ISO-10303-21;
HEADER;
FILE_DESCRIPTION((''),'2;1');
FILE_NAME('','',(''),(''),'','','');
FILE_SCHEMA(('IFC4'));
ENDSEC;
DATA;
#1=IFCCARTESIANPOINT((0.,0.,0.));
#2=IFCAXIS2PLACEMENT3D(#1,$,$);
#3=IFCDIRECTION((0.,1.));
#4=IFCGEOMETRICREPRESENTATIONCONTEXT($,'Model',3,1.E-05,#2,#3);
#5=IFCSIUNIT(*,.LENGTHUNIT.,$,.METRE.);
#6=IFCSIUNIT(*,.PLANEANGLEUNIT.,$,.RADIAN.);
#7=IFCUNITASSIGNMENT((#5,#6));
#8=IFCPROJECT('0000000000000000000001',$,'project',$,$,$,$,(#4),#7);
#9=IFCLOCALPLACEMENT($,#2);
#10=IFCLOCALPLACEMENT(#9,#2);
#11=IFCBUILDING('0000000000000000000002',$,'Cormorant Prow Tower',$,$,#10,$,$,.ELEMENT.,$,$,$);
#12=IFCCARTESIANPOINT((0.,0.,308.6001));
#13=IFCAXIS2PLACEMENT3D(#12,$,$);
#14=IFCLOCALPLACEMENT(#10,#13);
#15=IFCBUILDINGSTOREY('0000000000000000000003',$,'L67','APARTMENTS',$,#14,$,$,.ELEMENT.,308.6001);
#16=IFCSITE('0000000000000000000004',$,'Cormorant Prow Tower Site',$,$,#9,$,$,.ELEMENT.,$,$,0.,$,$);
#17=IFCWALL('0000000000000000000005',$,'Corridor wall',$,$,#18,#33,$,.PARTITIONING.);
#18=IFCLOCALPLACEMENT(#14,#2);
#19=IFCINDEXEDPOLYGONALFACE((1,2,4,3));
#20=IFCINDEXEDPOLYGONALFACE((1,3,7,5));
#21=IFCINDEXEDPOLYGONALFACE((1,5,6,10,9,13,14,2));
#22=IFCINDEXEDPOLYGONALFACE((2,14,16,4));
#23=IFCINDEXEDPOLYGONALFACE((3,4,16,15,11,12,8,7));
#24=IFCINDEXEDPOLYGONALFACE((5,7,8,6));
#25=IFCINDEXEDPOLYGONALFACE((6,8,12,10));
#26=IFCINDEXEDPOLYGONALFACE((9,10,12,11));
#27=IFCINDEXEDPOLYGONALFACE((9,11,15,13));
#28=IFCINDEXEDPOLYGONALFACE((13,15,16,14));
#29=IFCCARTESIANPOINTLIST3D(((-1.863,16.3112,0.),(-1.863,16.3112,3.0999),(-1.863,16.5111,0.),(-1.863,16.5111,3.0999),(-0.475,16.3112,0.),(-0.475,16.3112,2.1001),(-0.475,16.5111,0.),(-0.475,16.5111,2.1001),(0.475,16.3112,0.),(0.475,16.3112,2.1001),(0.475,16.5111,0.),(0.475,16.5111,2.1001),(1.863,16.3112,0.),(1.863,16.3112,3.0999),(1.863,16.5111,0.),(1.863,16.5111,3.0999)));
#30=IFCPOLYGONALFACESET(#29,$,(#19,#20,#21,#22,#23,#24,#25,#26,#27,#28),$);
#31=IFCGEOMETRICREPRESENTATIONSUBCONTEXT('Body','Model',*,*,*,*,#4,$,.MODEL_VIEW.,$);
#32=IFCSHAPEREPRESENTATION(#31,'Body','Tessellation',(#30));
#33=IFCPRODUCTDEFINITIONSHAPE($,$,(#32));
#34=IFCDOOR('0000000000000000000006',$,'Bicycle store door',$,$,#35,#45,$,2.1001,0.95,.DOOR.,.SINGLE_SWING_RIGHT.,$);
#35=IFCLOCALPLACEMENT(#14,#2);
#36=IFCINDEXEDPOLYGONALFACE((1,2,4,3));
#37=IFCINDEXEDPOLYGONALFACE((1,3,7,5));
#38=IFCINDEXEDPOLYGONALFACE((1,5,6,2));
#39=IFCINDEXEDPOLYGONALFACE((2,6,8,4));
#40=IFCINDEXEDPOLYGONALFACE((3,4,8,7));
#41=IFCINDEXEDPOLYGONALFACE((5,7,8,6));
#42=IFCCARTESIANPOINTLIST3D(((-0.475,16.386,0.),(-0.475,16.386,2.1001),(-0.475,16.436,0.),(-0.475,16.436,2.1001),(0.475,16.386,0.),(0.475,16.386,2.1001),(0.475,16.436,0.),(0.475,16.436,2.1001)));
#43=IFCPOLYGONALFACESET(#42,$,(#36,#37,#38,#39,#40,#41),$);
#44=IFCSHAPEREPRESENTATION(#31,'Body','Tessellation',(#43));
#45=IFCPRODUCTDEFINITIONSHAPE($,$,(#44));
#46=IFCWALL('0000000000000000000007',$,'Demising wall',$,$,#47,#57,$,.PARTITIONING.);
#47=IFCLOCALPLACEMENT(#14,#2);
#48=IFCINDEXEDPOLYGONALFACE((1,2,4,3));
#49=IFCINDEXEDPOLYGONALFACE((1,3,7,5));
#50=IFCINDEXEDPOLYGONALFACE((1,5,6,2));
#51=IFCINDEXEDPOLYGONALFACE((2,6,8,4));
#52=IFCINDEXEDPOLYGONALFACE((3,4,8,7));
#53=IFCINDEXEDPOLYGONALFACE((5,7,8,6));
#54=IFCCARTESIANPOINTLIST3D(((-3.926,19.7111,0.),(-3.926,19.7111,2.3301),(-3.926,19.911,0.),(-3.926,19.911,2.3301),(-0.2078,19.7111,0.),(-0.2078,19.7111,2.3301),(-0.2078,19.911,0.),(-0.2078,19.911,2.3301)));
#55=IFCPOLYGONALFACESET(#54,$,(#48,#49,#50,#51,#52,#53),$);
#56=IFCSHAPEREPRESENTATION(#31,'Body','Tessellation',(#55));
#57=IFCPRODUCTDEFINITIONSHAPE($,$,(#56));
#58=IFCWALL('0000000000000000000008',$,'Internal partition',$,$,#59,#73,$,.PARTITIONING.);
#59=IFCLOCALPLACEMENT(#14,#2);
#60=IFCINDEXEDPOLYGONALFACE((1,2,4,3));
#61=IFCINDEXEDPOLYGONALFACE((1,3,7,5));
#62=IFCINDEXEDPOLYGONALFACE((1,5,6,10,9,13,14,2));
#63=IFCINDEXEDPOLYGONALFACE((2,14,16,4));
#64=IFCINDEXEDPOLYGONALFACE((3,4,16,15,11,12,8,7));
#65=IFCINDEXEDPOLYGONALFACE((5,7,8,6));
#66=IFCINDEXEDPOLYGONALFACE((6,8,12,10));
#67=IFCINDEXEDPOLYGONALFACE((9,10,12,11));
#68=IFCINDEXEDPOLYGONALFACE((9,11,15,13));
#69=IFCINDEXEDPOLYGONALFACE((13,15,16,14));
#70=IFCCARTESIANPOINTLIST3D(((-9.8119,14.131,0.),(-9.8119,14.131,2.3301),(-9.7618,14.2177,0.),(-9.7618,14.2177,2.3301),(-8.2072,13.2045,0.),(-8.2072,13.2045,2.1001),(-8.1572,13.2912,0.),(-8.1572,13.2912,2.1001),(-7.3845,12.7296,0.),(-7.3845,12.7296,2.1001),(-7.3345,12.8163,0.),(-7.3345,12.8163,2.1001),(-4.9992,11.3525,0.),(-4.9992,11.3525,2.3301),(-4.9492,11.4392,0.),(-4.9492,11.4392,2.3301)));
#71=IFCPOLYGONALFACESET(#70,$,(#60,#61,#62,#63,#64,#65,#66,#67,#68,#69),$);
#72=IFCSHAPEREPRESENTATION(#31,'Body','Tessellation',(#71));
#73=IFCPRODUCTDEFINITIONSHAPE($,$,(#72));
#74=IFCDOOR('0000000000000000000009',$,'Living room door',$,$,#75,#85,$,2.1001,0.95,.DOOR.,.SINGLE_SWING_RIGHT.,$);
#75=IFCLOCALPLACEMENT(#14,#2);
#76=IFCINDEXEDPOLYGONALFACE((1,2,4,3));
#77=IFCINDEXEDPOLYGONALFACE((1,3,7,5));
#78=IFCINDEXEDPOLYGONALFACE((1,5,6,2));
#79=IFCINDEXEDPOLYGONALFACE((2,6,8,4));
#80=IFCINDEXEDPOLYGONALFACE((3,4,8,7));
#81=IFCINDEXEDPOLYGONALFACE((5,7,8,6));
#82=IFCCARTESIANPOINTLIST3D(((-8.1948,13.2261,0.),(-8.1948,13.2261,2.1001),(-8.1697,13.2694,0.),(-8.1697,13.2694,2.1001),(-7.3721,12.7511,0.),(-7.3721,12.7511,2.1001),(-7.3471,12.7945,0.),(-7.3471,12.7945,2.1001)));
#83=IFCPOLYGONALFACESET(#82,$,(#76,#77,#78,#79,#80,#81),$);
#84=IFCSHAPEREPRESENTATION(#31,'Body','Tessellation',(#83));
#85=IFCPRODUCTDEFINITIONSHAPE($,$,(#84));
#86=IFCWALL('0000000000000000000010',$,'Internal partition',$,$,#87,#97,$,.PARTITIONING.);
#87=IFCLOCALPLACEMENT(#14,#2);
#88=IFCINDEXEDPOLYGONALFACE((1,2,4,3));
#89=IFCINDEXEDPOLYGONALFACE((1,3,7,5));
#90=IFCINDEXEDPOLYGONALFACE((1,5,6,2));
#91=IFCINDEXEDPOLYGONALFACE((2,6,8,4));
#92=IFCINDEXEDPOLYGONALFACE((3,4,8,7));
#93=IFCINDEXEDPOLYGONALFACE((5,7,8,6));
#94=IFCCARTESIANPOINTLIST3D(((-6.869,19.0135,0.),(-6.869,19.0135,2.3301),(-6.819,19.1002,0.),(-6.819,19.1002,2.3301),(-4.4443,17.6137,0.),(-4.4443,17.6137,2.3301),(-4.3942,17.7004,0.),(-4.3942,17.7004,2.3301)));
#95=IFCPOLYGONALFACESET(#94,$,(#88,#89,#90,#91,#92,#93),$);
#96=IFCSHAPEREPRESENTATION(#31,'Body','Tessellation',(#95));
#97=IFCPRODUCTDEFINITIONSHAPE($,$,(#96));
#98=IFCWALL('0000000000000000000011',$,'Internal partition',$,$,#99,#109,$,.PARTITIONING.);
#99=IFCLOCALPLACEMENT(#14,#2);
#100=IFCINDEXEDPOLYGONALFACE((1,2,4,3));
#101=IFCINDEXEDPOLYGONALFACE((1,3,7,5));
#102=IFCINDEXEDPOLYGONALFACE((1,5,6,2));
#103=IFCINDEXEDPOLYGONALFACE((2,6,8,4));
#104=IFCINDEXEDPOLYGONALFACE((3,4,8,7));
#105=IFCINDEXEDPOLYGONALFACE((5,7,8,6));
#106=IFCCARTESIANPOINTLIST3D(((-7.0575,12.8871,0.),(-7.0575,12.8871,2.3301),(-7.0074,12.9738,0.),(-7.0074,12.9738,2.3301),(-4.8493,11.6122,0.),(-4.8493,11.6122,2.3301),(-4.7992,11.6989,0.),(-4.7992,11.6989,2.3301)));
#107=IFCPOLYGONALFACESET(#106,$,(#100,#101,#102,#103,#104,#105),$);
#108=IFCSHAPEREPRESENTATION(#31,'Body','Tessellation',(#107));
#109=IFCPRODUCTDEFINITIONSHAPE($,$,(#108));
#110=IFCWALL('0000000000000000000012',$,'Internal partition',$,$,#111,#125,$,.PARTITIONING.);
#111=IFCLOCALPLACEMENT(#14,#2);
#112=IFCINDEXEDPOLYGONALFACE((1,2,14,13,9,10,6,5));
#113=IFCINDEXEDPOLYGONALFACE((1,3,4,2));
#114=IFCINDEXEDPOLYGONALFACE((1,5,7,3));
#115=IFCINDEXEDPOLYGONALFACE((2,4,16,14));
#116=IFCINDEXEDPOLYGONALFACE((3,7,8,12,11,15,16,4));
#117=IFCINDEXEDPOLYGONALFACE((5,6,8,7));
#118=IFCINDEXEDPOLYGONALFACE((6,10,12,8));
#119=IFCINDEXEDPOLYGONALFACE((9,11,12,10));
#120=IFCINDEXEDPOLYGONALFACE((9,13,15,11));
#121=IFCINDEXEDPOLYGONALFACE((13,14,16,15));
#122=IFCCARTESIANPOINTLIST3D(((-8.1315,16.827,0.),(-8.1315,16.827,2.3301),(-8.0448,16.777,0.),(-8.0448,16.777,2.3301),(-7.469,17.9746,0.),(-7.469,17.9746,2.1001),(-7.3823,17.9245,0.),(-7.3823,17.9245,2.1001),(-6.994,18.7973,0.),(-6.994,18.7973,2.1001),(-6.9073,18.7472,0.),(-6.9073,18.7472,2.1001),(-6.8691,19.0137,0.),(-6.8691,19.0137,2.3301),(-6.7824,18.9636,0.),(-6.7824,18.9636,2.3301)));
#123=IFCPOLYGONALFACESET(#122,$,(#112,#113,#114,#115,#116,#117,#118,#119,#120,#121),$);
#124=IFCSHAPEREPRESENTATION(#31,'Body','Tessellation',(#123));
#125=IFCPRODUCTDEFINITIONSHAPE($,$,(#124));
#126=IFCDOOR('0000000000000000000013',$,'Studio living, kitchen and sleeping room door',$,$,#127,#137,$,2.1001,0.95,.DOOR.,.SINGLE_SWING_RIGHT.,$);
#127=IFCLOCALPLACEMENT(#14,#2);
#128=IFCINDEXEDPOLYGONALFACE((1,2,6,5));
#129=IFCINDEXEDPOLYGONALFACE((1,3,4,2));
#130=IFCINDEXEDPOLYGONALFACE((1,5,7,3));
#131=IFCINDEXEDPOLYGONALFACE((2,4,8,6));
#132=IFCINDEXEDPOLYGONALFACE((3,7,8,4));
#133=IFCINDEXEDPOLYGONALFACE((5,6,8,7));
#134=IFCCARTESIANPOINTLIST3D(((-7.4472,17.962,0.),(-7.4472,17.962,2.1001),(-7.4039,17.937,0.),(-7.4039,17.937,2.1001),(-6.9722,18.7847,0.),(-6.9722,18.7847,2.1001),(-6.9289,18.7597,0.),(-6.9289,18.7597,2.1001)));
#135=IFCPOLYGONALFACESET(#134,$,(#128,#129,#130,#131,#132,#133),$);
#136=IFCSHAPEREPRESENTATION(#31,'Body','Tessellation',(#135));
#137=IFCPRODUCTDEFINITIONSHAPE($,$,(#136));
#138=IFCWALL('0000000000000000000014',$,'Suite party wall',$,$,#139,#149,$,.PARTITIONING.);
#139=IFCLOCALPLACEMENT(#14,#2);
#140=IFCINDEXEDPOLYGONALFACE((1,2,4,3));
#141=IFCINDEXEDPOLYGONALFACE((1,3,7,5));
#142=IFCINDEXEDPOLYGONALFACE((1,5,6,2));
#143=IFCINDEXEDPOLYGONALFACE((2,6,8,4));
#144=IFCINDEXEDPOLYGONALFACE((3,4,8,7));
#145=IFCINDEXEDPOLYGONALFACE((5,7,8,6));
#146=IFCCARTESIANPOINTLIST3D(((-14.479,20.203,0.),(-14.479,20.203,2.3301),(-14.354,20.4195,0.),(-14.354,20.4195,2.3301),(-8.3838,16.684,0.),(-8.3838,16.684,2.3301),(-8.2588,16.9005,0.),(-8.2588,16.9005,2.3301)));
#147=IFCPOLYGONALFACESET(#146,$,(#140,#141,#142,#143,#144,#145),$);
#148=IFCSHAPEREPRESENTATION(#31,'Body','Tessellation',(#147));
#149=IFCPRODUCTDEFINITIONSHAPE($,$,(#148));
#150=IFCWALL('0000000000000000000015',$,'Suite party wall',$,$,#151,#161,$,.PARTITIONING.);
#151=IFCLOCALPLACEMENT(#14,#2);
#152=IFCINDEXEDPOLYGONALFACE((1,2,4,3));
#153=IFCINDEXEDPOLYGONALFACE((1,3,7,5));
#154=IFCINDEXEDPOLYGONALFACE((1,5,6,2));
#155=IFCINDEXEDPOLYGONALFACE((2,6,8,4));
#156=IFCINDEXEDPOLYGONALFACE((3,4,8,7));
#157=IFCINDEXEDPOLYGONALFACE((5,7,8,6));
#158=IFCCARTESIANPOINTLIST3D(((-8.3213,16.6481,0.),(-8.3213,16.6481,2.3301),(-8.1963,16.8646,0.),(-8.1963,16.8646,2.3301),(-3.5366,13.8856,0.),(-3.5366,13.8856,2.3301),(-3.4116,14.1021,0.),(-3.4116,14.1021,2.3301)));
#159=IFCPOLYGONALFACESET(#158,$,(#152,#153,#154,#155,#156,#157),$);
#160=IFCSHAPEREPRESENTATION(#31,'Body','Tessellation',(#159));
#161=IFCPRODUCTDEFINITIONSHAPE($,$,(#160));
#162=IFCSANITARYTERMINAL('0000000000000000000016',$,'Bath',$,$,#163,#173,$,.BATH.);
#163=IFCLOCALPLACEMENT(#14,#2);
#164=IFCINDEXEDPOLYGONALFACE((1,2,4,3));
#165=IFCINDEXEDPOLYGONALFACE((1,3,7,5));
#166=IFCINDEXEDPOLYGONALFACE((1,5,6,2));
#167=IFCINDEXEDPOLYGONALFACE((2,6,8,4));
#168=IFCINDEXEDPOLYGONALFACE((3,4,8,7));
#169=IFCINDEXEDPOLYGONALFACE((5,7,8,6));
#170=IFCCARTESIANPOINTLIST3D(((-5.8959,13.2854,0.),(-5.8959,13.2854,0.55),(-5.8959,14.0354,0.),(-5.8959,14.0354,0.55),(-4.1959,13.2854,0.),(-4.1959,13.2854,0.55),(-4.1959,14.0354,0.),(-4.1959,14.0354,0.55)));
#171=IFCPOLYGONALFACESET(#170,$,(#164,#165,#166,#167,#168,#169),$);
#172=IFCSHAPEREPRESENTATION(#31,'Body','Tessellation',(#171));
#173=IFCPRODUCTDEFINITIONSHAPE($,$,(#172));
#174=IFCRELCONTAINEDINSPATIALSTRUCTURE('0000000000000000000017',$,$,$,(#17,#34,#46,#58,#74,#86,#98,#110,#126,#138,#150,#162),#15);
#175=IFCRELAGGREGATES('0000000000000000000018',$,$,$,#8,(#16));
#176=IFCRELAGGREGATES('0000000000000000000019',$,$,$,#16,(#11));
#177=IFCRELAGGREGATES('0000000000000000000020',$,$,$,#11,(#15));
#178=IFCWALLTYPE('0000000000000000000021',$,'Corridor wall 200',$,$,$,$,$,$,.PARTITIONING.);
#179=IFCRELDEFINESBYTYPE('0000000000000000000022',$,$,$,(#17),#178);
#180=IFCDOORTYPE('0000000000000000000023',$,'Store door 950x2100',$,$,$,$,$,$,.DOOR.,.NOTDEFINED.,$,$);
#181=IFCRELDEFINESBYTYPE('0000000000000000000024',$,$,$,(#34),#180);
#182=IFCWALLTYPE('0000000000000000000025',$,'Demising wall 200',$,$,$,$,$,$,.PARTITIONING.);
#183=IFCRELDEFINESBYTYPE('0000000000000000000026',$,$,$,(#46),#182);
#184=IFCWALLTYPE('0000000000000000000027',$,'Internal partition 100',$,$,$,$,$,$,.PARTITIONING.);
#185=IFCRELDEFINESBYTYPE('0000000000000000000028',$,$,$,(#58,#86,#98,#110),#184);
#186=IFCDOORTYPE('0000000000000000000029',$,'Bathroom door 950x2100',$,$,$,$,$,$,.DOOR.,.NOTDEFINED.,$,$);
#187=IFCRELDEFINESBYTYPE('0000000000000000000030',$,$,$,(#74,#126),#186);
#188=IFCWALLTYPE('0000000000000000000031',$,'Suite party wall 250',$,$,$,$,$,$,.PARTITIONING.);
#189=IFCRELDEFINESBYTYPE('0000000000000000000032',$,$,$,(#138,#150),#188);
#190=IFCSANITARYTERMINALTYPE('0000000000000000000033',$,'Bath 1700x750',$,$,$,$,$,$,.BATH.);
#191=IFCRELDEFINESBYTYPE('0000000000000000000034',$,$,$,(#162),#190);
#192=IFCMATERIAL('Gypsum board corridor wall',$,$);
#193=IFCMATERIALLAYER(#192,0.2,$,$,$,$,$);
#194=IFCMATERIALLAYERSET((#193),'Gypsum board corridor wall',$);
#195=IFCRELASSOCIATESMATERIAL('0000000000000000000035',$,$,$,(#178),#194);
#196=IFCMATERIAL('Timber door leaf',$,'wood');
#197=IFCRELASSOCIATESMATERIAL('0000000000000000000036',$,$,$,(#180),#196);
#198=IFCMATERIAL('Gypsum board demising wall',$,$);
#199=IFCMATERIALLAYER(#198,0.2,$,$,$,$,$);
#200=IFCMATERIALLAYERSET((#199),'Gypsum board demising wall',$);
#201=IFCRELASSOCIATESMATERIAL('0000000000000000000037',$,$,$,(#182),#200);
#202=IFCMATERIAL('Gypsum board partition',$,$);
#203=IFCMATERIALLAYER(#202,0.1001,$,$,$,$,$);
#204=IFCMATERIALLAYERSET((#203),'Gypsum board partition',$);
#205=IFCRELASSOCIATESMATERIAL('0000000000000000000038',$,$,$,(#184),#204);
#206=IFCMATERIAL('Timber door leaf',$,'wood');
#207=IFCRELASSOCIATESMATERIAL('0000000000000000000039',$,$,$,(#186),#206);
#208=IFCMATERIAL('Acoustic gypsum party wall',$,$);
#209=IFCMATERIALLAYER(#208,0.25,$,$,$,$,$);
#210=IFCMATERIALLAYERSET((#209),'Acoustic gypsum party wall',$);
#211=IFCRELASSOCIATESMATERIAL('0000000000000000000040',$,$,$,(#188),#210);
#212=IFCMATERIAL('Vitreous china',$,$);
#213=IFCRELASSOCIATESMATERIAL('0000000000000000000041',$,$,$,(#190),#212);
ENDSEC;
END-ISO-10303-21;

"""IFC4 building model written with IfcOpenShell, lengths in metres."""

from ifc_helpers import new_model, si_unit, direction, frame, frame_2d, origin, origin_2d, place, context, subcontext, project, spatial, rectangle, extrude, material, layer, layer_set, type_object, element, fill, save


model = new_model("IFC4")

# Units and contexts
model_context = context("Model", 3, precision=1e-05, world=origin(), true_north=direction((0.0, 1.0)))
body_context = subcontext(model_context, "Body", "Model", "MODEL_VIEW")
ifc_project = project(units=[si_unit("LENGTHUNIT", "METRE"), si_unit("PLANEANGLEUNIT", "RADIAN")], contexts=[model_context])

# Site, building, storey
site_placement = place(None, origin())
site = spatial("IfcSite", under=ifc_project, at=site_placement, Name="Cormorant Prow Tower Site", CompositionType="ELEMENT", RefElevation=0.0)
building_placement = place(site_placement, origin())
building = spatial("IfcBuilding", under=site, at=building_placement, Name="Cormorant Prow Tower", CompositionType="ELEMENT")
storey_placement = place(building_placement, frame((0.0, 0.0, 308.6001)))
storey = spatial("IfcBuildingStorey", under=building, at=storey_placement, Name="L67", Description="APARTMENTS", CompositionType="ELEMENT", Elevation=308.6001)

# Wall, opening, door
ifc_material_1 = material(Name="Gypsum board corridor wall")
ifc_layer_1 = layer(ifc_material_1, 0.2)
ifc_layer_set_1 = layer_set([ifc_layer_1], Name="Gypsum board corridor wall")
wall_type_1 = type_object("IfcWallType", Name="Corridor wall 200", PredefinedType="PARTITIONING", material=ifc_layer_set_1)
wall_1_placement = place(storey_placement, frame((-1.863, 16.4111, 0.0), z_axis=(0.0, 0.0, 1.0), x_axis=(1.0, 0.0, 0.0)))
wall_1 = element("IfcWall", 1, at=wall_1_placement, inside=storey, type_object=wall_type_1, Name="Corridor wall", PredefinedType="PARTITIONING", context=body_context, shape_type="SweptSolid", body=[
    extrude(rectangle(XDim=3.7261, YDim=0.2, at=frame_2d((1.863, 0.0))), origin(), (0.0, 0.0, 1.0), 3.0999),
])
opening_1_placement = place(wall_1_placement, frame((1.3879, 0.0, 0.0)))
opening_1 = element("IfcOpeningElement", 2, at=opening_1_placement, cuts=wall_1, PredefinedType="OPENING", context=body_context, shape_type="SweptSolid", body=[
    extrude(rectangle(XDim=0.95, YDim=2.1001, at=frame_2d((0.4751, 1.05))), frame((0.0, 0.1099, 0.0), z_axis=(0.0, -1.0, 0.0), x_axis=(1.0, 0.0, 0.0)), (0.0, 0.0, 1.0), 0.22),
])
ifc_material_2 = material(Name="Timber door leaf", Category="wood")
door_type_1 = type_object("IfcDoorType", Name="Store door 950x2100", OperationType="NOTDEFINED", PredefinedType="DOOR", material=ifc_material_2)
door_1_placement = place(opening_1_placement, origin())
door_1 = element("IfcDoor", 3, at=door_1_placement, inside=storey, type_object=door_type_1, Name="Bicycle store door", OperationType="SINGLE_SWING_RIGHT", OverallHeight=2.1001, OverallWidth=0.95, PredefinedType="DOOR", context=body_context, shape_type="SweptSolid", body=[
    extrude(rectangle(XDim=0.95, YDim=2.1001, at=frame_2d((0.4751, 1.05))), frame((0.0, 0.0249, 0.0), z_axis=(0.0, -1.0, 0.0), x_axis=(1.0, 0.0, 0.0)), (0.0, 0.0, 1.0), 0.05),
])
fill(opening_1, door_1)

# Wall
ifc_material_3 = material(Name="Gypsum board demising wall")
ifc_layer_2 = layer(ifc_material_3, 0.2)
ifc_layer_set_2 = layer_set([ifc_layer_2], Name="Gypsum board demising wall")
wall_type_2 = type_object("IfcWallType", Name="Demising wall 200", PredefinedType="PARTITIONING", material=ifc_layer_set_2)
wall_2_placement = place(storey_placement, frame((-3.926, 19.811, 0.0), z_axis=(0.0, 0.0, 1.0), x_axis=(1.0, 0.0, 0.0)))
element("IfcWall", 4, at=wall_2_placement, inside=storey, type_object=wall_type_2, Name="Demising wall", PredefinedType="PARTITIONING", context=body_context, shape_type="SweptSolid", body=[
    extrude(rectangle(XDim=3.7183, YDim=0.2, at=frame_2d((1.8591, 0.0))), origin(), (0.0, 0.0, 1.0), 2.3301),
])

# Wall, opening, door
ifc_material_4 = material(Name="Gypsum board partition")
ifc_layer_3 = layer(ifc_material_4, 0.1001)
ifc_layer_set_3 = layer_set([ifc_layer_3], Name="Gypsum board partition")
wall_type_3 = type_object("IfcWallType", Name="Internal partition 100", PredefinedType="PARTITIONING", material=ifc_layer_set_3)
wall_3_placement = place(storey_placement, frame((-9.7869, 14.1743, 0.0), z_axis=(0.0, 0.0, 1.0), x_axis=(0.866031, -0.49999, 0.0)))
wall_3 = element("IfcWall", 5, at=wall_3_placement, inside=storey, type_object=wall_type_3, Name="Internal partition", PredefinedType="PARTITIONING", context=body_context, shape_type="SweptSolid", body=[
    extrude(rectangle(XDim=5.5571, YDim=0.1001, at=frame_2d((2.7786, 0.0))), origin(), (0.0, 0.0, 1.0), 2.3301),
])
opening_2_placement = place(wall_3_placement, frame((1.8528, 0.0, 0.0)))
opening_2 = element("IfcOpeningElement", 6, at=opening_2_placement, cuts=wall_3, PredefinedType="OPENING", context=body_context, shape_type="SweptSolid", body=[
    extrude(rectangle(XDim=0.95, YDim=2.1001, at=frame_2d((0.4751, 1.05))), frame((0.0, 0.0601, 0.0), z_axis=(0.0, -1.0, 0.0), x_axis=(1.0, 0.0, 0.0)), (0.0, 0.0, 1.0), 0.1201),
])
ifc_material_5 = material(Name="Timber door leaf", Category="wood")
door_type_2 = type_object("IfcDoorType", Name="Bathroom door 950x2100", OperationType="NOTDEFINED", PredefinedType="DOOR", material=ifc_material_5)
door_2_placement = place(opening_2_placement, origin())
door_2 = element("IfcDoor", 7, at=door_2_placement, inside=storey, type_object=door_type_2, Name="Living room door", OperationType="SINGLE_SWING_RIGHT", OverallHeight=2.1001, OverallWidth=0.95, PredefinedType="DOOR", context=body_context, shape_type="SweptSolid", body=[
    extrude(rectangle(XDim=0.95, YDim=2.1001, at=frame_2d((0.4751, 1.05))), frame((0.0, 0.0249, 0.0), z_axis=(0.0, -1.0, 0.0), x_axis=(1.0, 0.0, 0.0)), (0.0, 0.0, 1.0), 0.05),
])
fill(opening_2, door_2)

# Walls
wall_4_placement = place(storey_placement, frame((-6.844, 19.0569, 0.0), z_axis=(0.0, 0.0, 1.0), x_axis=(0.866035, -0.499984, 0.0)))
element("IfcWall", 8, at=wall_4_placement, inside=storey, type_object=wall_type_3, Name="Internal partition", PredefinedType="PARTITIONING", context=body_context, shape_type="SweptSolid", body=[
    extrude(rectangle(XDim=2.7998, YDim=0.1001, at=frame_2d((1.3999, 0.0))), origin(), (0.0, 0.0, 1.0), 2.3301),
])
wall_5_placement = place(storey_placement, frame((-7.0325, 12.9304, 0.0), z_axis=(0.0, 0.0, 1.0), x_axis=(0.866031, -0.49999, 0.0)))
element("IfcWall", 9, at=wall_5_placement, inside=storey, type_object=wall_type_3, Name="Internal partition", PredefinedType="PARTITIONING", context=body_context, shape_type="SweptSolid", body=[
    extrude(rectangle(XDim=2.5498, YDim=0.1001, at=frame_2d((1.2749, 0.0))), origin(), (0.0, 0.0, 1.0), 2.3301),
])

# Wall, opening, door
wall_6_placement = place(storey_placement, frame((-8.0881, 16.802, 0.0), z_axis=(0.0, 0.0, 1.0), x_axis=(0.499976, 0.866039, 0.0)))
wall_6 = element("IfcWall", 10, at=wall_6_placement, inside=storey, type_object=wall_type_3, Name="Internal partition", PredefinedType="PARTITIONING", context=body_context, shape_type="SweptSolid", body=[
    extrude(rectangle(XDim=2.5249, YDim=0.1001, at=frame_2d((1.2625, 0.0))), origin(), (0.0, 0.0, 1.0), 2.3301),
])
opening_3_placement = place(wall_6_placement, frame((1.325, 0.0, 0.0)))
opening_3 = element("IfcOpeningElement", 11, at=opening_3_placement, cuts=wall_6, PredefinedType="OPENING", context=body_context, shape_type="SweptSolid", body=[
    extrude(rectangle(XDim=0.95, YDim=2.1001, at=frame_2d((0.4751, 1.05))), frame((0.0, 0.0601, 0.0), z_axis=(0.0, -1.0, 0.0), x_axis=(1.0, 0.0, 0.0)), (0.0, 0.0, 1.0), 0.1201),
])
door_3_placement = place(opening_3_placement, origin())
door_3 = element("IfcDoor", 12, at=door_3_placement, inside=storey, type_object=door_type_2, Name="Studio living, kitchen and sleeping room door", OperationType="SINGLE_SWING_RIGHT", OverallHeight=2.1001, OverallWidth=0.95, PredefinedType="DOOR", context=body_context, shape_type="SweptSolid", body=[
    extrude(rectangle(XDim=0.95, YDim=2.1001, at=frame_2d((0.4751, 1.05))), frame((0.0, 0.0249, 0.0), z_axis=(0.0, -1.0, 0.0), x_axis=(1.0, 0.0, 0.0)), (0.0, 0.0, 1.0), 0.05),
])
fill(opening_3, door_3)

# Walls
ifc_material_6 = material(Name="Acoustic gypsum party wall")
ifc_layer_4 = layer(ifc_material_6, 0.25)
ifc_layer_set_4 = layer_set([ifc_layer_4], Name="Acoustic gypsum party wall")
wall_type_4 = type_object("IfcWallType", Name="Suite party wall 250", PredefinedType="PARTITIONING", material=ifc_layer_set_4)
wall_7_placement = place(storey_placement, frame((-14.4165, 20.3113, 0.0), z_axis=(0.0, 0.0, 1.0), x_axis=(0.866027, -0.499997, 0.0)))
element("IfcWall", 13, at=wall_7_placement, inside=storey, type_object=wall_type_4, Name="Suite party wall", PredefinedType="PARTITIONING", context=body_context, shape_type="SweptSolid", body=[
    extrude(rectangle(XDim=7.0381, YDim=0.25, at=frame_2d((3.519, 0.0))), origin(), (0.0, 0.0, 1.0), 2.3301),
])
wall_8_placement = place(storey_placement, frame((-8.2588, 16.7563, 0.0), z_axis=(0.0, 0.0, 1.0), x_axis=(0.866024, -0.500003, 0.0)))
element("IfcWall", 14, at=wall_8_placement, inside=storey, type_object=wall_type_4, Name="Suite party wall", PredefinedType="PARTITIONING", context=body_context, shape_type="SweptSolid", body=[
    extrude(rectangle(XDim=5.5249, YDim=0.25, at=frame_2d((2.7625, 0.0))), origin(), (0.0, 0.0, 1.0), 2.3301),
])

# Sanitary terminal
ifc_material_7 = material(Name="Vitreous china")
sanitary_terminal_type_1 = type_object("IfcSanitaryTerminalType", Name="Bath 1700x750", PredefinedType="BATH", material=ifc_material_7)
sanitary_terminal_1_placement = place(storey_placement, frame((-5.0459, 13.6604, 0.0), z_axis=(0.0, 0.0, 1.0), x_axis=(1.0, 0.0, 0.0)))
element("IfcSanitaryTerminal", 15, at=sanitary_terminal_1_placement, inside=storey, type_object=sanitary_terminal_type_1, Name="Bath", PredefinedType="BATH", context=body_context, shape_type="SweptSolid", body=[
    extrude(rectangle(XDim=1.7, YDim=0.75, at=origin_2d()), origin(), (0.0, 0.0, 1.0), 0.55),
])

save(model, "model.ifc")
